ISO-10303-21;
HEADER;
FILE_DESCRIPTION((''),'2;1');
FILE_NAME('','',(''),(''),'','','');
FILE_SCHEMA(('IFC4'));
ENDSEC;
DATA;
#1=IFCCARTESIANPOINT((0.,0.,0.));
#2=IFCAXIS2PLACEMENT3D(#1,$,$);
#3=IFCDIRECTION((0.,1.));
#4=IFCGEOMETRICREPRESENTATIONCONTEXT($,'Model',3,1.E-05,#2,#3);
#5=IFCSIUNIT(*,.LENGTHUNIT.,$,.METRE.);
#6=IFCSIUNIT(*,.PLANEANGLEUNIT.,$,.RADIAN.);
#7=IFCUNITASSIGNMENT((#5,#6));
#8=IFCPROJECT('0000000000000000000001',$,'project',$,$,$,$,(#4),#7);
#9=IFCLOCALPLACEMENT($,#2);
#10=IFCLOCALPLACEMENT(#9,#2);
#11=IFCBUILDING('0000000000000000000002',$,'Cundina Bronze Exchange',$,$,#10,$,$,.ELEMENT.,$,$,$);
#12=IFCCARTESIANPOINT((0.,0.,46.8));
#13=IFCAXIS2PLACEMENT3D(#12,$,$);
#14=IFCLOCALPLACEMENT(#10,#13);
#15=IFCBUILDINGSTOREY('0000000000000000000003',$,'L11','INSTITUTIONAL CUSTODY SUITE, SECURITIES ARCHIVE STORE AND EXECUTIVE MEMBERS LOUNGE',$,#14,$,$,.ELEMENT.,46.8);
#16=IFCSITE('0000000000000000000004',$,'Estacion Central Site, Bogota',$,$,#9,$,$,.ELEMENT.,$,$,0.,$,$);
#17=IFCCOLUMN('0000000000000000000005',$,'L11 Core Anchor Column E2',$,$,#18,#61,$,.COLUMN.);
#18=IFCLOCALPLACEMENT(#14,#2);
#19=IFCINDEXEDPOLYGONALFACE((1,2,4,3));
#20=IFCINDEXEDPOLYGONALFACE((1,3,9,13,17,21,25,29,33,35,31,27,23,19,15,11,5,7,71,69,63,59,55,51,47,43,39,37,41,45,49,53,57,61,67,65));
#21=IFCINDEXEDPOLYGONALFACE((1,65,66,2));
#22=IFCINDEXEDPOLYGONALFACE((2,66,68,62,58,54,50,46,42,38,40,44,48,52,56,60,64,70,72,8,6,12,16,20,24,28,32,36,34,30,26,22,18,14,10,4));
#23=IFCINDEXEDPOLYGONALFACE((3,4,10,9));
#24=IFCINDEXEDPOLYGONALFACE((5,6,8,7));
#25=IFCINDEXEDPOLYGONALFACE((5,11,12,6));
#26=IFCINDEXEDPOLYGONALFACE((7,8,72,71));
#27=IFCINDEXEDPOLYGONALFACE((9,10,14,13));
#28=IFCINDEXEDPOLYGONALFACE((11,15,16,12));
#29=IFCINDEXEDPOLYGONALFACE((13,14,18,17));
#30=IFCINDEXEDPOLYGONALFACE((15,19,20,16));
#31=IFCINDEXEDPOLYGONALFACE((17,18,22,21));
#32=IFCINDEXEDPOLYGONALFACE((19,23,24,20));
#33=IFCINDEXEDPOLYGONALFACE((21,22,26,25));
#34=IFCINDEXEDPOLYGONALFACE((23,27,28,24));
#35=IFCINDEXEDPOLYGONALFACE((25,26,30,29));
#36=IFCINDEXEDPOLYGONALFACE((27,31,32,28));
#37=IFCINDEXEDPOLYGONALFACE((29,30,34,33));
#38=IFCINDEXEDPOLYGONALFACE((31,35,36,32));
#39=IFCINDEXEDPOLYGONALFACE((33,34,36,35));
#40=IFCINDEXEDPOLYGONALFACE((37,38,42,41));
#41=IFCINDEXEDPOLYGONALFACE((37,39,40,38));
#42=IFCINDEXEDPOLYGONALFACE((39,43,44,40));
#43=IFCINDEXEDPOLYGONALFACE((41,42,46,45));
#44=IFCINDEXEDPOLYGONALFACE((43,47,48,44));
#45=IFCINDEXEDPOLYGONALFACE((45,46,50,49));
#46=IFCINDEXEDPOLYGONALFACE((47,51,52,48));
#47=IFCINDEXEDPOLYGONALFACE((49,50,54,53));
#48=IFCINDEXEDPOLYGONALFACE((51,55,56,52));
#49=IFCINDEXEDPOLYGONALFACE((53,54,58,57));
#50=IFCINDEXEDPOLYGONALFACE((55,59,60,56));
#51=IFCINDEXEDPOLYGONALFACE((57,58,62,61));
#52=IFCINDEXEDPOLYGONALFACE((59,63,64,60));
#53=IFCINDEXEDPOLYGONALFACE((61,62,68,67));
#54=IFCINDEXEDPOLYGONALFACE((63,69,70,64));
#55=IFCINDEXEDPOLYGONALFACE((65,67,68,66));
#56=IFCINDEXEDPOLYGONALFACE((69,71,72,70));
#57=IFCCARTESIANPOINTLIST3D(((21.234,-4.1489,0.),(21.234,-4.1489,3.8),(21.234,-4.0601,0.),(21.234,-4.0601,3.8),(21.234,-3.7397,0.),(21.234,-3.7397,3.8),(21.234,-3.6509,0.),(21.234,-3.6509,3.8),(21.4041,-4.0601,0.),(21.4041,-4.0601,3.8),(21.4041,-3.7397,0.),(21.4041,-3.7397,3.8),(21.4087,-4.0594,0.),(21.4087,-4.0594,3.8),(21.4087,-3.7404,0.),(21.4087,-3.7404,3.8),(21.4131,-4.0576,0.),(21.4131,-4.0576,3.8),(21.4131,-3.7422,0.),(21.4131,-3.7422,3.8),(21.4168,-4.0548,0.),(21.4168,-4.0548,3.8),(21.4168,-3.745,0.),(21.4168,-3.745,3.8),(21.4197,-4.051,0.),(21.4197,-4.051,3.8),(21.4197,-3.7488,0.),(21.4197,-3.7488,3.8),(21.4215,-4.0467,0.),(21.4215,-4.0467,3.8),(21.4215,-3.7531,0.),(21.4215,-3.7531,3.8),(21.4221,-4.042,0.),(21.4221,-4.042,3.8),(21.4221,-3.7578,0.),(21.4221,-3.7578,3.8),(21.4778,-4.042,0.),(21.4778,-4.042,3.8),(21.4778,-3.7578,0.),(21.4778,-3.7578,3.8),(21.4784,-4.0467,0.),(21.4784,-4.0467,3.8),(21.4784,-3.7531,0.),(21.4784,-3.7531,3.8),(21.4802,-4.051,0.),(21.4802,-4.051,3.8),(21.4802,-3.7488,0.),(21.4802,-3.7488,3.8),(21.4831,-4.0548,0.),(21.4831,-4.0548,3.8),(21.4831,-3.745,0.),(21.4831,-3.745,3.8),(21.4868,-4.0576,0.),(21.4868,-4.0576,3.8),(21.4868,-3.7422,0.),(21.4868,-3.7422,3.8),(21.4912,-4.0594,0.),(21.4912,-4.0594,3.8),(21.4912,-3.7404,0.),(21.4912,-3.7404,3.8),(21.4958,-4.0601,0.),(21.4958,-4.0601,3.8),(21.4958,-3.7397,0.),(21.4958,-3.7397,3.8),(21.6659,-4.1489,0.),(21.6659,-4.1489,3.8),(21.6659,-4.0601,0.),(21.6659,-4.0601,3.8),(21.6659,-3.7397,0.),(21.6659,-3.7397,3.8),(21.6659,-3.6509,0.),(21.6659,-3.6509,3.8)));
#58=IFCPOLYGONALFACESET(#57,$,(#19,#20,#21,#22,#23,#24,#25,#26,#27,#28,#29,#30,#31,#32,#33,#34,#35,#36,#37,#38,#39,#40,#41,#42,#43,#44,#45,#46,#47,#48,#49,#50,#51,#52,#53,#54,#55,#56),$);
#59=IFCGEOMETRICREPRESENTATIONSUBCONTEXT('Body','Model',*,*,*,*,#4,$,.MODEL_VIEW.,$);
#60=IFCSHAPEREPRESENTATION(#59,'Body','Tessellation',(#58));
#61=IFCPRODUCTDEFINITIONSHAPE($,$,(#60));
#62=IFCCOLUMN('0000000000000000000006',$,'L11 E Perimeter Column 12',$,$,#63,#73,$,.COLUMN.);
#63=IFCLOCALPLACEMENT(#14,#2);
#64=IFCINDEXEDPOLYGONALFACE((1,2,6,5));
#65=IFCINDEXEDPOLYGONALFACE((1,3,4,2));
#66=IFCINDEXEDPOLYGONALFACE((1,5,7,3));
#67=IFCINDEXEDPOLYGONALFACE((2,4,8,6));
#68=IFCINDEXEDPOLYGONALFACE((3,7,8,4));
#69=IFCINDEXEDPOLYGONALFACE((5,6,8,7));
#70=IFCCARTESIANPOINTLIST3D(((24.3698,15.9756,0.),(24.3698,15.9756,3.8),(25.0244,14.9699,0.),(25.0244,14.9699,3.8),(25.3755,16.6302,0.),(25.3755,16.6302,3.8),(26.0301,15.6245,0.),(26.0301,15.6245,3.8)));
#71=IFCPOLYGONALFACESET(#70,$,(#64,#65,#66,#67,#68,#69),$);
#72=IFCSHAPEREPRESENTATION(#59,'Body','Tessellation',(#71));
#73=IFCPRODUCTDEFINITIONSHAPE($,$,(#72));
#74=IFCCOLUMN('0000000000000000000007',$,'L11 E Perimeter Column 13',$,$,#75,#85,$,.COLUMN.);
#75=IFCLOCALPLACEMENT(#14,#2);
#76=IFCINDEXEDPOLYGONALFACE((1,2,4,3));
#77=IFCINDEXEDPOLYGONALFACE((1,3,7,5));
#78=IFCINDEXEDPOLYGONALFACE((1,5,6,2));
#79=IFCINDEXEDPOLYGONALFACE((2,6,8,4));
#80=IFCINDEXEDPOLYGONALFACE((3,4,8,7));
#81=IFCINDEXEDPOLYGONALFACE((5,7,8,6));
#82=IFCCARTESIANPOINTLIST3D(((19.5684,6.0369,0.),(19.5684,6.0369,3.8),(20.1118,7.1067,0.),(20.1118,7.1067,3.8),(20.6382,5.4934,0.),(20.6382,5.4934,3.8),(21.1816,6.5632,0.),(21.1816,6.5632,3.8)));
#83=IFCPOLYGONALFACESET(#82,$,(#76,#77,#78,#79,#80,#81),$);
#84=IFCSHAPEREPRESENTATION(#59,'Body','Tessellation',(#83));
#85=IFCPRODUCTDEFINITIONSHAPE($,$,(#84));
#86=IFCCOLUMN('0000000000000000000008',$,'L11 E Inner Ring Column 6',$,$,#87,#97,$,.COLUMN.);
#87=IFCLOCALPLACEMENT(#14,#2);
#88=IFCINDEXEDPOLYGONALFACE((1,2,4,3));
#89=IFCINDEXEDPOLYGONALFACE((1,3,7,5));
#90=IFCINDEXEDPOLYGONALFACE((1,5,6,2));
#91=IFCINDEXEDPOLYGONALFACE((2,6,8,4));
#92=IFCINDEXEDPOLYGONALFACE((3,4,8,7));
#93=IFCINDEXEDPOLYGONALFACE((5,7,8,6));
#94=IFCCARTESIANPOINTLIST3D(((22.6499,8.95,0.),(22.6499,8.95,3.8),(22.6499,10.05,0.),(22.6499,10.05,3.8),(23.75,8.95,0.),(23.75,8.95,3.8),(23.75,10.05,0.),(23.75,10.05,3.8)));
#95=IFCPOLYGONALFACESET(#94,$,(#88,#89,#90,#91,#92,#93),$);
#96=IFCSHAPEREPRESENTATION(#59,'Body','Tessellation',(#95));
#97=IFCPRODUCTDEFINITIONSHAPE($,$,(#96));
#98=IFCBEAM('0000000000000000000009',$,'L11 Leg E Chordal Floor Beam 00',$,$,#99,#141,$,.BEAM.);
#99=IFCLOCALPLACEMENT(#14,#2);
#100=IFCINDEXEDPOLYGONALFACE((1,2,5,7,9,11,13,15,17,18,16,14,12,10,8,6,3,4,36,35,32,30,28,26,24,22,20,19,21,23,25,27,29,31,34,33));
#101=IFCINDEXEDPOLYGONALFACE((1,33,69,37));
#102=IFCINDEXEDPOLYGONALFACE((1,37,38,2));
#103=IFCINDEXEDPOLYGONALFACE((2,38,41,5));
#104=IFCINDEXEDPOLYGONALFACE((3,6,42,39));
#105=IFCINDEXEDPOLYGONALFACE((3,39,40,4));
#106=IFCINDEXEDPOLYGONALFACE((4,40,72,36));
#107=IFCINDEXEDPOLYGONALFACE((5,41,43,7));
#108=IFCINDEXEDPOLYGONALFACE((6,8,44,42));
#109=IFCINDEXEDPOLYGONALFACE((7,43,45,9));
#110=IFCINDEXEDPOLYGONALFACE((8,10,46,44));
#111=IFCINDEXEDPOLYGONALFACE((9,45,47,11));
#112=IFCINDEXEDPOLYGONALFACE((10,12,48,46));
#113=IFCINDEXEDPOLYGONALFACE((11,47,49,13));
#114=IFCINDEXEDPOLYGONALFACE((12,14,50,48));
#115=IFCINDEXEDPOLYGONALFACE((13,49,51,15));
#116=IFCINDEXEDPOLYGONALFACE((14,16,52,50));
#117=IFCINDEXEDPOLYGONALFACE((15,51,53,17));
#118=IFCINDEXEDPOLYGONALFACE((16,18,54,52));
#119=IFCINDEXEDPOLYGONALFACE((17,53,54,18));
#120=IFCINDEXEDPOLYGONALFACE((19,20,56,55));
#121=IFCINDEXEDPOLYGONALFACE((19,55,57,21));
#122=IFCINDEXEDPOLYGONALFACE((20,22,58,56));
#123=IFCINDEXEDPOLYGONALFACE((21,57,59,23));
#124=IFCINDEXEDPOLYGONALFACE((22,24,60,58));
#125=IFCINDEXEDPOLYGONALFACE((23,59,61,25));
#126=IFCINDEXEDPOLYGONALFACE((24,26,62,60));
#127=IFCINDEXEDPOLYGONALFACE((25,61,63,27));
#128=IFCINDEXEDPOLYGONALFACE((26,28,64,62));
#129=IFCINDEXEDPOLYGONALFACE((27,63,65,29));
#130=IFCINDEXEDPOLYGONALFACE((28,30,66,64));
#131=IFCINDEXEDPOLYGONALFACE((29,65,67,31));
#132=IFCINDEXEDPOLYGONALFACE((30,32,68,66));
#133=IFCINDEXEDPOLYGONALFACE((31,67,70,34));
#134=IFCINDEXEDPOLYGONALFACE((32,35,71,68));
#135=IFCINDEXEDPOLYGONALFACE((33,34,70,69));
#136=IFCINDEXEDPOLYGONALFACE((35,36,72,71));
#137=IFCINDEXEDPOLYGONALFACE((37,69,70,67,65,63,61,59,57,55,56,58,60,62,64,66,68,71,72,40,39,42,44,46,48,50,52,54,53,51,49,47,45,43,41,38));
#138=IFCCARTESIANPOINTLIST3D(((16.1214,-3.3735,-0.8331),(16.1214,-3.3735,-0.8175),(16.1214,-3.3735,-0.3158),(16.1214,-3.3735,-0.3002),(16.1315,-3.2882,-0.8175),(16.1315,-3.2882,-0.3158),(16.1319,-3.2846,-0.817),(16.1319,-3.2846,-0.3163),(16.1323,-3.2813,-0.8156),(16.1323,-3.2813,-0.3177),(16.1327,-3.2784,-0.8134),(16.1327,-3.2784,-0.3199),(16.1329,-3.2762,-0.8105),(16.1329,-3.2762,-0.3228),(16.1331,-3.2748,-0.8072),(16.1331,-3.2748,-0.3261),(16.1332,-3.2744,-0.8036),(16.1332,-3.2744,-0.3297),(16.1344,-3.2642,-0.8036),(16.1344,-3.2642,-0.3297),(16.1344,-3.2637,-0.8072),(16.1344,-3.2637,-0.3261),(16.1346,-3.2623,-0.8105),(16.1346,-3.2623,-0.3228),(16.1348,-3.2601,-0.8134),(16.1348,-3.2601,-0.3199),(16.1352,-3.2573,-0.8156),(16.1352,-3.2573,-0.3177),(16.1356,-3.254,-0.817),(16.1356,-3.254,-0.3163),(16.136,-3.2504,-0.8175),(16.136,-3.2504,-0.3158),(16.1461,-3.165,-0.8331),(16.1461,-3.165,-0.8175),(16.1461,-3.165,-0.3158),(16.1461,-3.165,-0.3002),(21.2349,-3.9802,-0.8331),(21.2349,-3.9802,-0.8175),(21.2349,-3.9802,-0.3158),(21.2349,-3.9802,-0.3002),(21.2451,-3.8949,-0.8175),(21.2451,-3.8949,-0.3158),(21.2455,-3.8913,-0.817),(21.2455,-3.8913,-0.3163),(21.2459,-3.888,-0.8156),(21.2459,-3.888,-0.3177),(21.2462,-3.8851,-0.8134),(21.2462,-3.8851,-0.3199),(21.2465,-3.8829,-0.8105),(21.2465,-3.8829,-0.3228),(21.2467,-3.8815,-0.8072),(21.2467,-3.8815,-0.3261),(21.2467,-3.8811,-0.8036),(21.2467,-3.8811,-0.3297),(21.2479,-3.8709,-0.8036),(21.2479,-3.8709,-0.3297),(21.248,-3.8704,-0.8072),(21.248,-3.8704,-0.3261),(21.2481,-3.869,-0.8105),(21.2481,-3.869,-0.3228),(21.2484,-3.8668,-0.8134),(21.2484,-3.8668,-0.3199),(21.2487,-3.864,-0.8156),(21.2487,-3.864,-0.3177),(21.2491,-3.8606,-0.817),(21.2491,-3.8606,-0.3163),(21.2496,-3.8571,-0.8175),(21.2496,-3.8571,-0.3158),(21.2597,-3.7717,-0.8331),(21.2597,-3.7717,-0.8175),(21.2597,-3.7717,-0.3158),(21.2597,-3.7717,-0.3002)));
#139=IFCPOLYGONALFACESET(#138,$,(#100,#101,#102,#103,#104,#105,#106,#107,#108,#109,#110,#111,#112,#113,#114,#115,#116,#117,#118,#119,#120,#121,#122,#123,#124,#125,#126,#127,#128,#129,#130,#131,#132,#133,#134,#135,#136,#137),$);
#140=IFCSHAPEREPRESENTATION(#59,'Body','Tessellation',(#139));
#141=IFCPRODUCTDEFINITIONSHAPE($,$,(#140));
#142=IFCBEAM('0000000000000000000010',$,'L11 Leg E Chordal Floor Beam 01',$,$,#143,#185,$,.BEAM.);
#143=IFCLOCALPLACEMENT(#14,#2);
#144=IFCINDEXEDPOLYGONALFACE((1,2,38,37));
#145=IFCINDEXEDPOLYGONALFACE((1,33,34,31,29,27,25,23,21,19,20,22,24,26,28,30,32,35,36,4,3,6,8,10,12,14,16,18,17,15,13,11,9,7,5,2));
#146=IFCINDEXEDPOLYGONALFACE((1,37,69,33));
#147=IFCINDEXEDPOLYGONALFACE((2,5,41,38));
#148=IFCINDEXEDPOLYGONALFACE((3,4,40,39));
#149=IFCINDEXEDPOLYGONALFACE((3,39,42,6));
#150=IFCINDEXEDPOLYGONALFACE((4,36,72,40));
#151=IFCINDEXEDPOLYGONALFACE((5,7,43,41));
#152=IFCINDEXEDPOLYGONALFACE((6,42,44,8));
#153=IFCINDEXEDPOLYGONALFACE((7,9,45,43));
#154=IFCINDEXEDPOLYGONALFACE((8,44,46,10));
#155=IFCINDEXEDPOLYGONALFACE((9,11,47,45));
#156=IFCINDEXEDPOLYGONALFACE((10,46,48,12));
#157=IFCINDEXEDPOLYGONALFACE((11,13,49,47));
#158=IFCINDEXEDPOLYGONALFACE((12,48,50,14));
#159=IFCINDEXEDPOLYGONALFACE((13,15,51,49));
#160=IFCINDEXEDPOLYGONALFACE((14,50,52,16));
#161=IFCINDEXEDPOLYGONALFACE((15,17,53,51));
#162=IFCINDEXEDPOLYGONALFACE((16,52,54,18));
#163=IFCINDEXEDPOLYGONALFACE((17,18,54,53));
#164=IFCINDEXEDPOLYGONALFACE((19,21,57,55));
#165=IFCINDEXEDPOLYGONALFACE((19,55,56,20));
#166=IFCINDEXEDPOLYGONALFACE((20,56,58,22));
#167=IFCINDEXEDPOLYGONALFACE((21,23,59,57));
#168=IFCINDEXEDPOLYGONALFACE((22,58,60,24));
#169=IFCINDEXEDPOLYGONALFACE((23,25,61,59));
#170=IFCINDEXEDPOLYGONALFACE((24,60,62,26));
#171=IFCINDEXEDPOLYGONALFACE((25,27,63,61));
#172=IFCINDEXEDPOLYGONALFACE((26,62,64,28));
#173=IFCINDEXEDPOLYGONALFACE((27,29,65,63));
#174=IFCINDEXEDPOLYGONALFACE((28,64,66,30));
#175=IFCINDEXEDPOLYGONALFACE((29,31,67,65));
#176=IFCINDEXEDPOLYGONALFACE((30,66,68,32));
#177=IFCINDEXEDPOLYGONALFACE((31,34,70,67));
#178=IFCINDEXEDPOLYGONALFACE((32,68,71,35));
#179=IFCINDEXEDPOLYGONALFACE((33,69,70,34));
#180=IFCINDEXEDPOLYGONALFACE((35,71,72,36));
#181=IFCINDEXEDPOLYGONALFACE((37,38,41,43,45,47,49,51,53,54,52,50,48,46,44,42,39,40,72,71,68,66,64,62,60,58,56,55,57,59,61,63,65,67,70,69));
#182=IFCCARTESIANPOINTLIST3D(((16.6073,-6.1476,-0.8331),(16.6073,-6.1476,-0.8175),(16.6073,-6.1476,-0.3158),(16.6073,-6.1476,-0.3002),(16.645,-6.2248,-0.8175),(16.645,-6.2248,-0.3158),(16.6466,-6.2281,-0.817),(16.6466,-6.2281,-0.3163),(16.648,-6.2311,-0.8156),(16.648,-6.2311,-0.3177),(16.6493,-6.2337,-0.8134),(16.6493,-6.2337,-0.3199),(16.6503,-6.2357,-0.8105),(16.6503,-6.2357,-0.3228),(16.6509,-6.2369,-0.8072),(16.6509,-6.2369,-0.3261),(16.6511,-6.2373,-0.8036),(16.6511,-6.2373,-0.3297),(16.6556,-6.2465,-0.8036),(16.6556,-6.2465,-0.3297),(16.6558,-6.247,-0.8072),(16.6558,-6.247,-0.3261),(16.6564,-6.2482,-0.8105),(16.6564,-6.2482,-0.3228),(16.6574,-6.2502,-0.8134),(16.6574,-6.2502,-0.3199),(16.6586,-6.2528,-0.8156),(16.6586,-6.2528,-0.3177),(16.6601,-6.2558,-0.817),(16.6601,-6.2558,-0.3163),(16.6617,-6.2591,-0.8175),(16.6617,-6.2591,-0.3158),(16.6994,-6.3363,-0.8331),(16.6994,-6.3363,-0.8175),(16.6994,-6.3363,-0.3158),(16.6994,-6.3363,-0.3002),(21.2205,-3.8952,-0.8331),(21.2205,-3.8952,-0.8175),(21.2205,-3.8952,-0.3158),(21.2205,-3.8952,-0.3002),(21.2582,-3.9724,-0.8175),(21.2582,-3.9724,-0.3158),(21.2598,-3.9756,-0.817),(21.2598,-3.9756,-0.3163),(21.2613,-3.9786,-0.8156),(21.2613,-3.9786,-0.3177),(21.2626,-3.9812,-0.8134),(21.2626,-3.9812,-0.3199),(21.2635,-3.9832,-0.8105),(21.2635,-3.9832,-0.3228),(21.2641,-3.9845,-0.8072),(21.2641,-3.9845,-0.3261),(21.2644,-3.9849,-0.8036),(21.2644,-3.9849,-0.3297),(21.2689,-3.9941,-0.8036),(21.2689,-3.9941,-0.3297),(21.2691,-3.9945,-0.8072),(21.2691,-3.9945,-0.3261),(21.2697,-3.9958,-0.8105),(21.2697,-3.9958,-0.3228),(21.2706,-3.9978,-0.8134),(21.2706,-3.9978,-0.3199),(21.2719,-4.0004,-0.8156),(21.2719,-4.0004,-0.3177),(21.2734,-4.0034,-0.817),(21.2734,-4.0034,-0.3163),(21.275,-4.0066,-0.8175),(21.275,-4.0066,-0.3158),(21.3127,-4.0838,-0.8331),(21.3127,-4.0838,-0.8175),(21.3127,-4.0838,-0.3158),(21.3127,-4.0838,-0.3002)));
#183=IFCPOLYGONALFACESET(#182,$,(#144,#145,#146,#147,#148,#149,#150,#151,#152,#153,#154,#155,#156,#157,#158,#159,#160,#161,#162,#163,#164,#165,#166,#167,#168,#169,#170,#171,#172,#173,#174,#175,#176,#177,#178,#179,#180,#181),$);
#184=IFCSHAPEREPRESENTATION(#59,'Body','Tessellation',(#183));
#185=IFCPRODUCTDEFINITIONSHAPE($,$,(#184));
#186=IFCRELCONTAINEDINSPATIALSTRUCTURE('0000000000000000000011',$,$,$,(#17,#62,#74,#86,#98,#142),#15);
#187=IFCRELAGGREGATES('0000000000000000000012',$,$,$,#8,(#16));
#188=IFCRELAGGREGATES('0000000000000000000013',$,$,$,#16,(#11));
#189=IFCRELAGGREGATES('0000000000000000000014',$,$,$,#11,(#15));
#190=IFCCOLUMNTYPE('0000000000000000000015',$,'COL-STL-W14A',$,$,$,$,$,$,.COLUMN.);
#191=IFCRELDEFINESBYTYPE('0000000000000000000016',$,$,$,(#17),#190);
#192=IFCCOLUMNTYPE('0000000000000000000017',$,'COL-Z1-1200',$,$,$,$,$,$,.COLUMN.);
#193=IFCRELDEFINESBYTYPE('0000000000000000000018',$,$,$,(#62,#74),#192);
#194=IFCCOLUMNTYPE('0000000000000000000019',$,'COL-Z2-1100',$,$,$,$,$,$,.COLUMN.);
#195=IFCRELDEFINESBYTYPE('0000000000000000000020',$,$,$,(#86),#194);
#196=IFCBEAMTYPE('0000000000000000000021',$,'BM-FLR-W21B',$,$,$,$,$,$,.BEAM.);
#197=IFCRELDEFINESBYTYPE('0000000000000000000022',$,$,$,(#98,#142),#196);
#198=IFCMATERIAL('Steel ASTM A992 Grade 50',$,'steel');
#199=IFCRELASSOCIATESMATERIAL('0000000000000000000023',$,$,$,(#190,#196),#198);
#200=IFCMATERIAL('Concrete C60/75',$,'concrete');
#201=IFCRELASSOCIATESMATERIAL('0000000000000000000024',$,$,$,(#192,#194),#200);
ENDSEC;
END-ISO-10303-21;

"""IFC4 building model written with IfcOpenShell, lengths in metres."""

from ifc_helpers import new_model, si_unit, direction, frame, origin, origin_2d, place, context, subcontext, project, spatial, rectangle, i_section, extrude, material, material_profile, profile_set, type_object, element, save


model = new_model("IFC4")

# Units and contexts
model_context = context("Model", 3, precision=1e-05, world=origin(), true_north=direction((0.0, 1.0)))
body_context = subcontext(model_context, "Body", "Model", "MODEL_VIEW")
ifc_project = project(units=[si_unit("LENGTHUNIT", "METRE"), si_unit("PLANEANGLEUNIT", "RADIAN")], contexts=[model_context])

# Site, building, storey
site_placement = place(None, origin())
site = spatial("IfcSite", under=ifc_project, at=site_placement, Name="Estacion Central Site, Bogota", CompositionType="ELEMENT", RefElevation=0.0)
building_placement = place(site_placement, origin())
building = spatial("IfcBuilding", under=site, at=building_placement, Name="Cundina Bronze Exchange", CompositionType="ELEMENT")
storey_placement = place(building_placement, frame((0.0, 0.0, 46.8)))
storey = spatial("IfcBuildingStorey", under=building, at=storey_placement, Name="L11", Description="INSTITUTIONAL CUSTODY SUITE, SECURITIES ARCHIVE STORE AND EXECUTIVE MEMBERS LOUNGE", CompositionType="ELEMENT", Elevation=46.8)

# Columns
ifc_material_1 = material(Name="Steel ASTM A992 Grade 50", Category="steel")
ifc_material_profile_1 = material_profile(ifc_material_1, i_section(OverallWidth=0.4319, OverallDepth=0.498, WebThickness=0.0557, FlangeThickness=0.0889, FilletRadius=0.0181, at=origin_2d()), Name="W14X500", Category="steel")
ifc_profile_set_1 = profile_set([ifc_material_profile_1], Name="Steel ASTM A992 Grade 50")
column_type_1 = type_object("IfcColumnType", Name="COL-STL-W14A", PredefinedType="COLUMN", material=ifc_profile_set_1)
column_1_placement = place(storey_placement, frame((21.45, -3.8999, 0.0), z_axis=(0.0, 0.0, 1.0), x_axis=(1.0, 0.0, 0.0)))
element("IfcColumn", 1, at=column_1_placement, inside=storey, type_object=column_type_1, Name="L11 Core Anchor Column E2", PredefinedType="COLUMN", context=body_context, shape_type="SweptSolid", body=[
    extrude(i_section(OverallWidth=0.4319, OverallDepth=0.498, WebThickness=0.0557, FlangeThickness=0.0889, FilletRadius=0.0181, at=origin_2d()), origin(), (0.0, 0.0, 1.0), 3.8),
])
ifc_material_2 = material(Name="Concrete C60/75", Category="concrete")
ifc_material_profile_2 = material_profile(ifc_material_2, rectangle(XDim=1.2, YDim=1.2, at=origin_2d()), Name="RC1200X1200", Category="concrete")
ifc_profile_set_2 = profile_set([ifc_material_profile_2], Name="Concrete C60/75")
column_type_2 = type_object("IfcColumnType", Name="COL-Z1-1200", PredefinedType="COLUMN", material=ifc_profile_set_2)
for number, where, z_axis, x_axis, name in (
    (2, (25.2, 15.8, 0.0), (0.0, 0.0, 1.0), (-0.8381, -0.545517, 0.0), "L11 E Perimeter Column 12"),
    (3, (20.375, 6.3, 0.0), (0.0, 0.0, 1.0), (-0.452902, -0.891561, 0.0), "L11 E Perimeter Column 13"),
):
    element("IfcColumn", number, at=place(storey_placement, frame(where, z_axis=z_axis, x_axis=x_axis)), inside=storey, type_object=column_type_2, Name=name, PredefinedType="COLUMN", context=body_context, shape_type="SweptSolid", body=[
        extrude(rectangle(XDim=1.2, YDim=1.2, at=origin_2d()), origin(), (0.0, 0.0, 1.0), 3.8),
    ])
ifc_material_profile_3 = material_profile(ifc_material_2, rectangle(XDim=1.1001, YDim=1.1001, at=origin_2d()), Name="RC1100X1100", Category="concrete")
ifc_profile_set_3 = profile_set([ifc_material_profile_3], Name="Concrete C60/75")
column_type_3 = type_object("IfcColumnType", Name="COL-Z2-1100", PredefinedType="COLUMN", material=ifc_profile_set_3)
column_2_placement = place(storey_placement, frame((23.2, 9.5, 0.0), z_axis=(0.0, 0.0, 1.0), x_axis=(1.0, 0.0, 0.0)))
element("IfcColumn", 4, at=column_2_placement, inside=storey, type_object=column_type_3, Name="L11 E Inner Ring Column 6", PredefinedType="COLUMN", context=body_context, shape_type="SweptSolid", body=[
    extrude(rectangle(XDim=1.1001, YDim=1.1001, at=origin_2d()), origin(), (0.0, 0.0, 1.0), 3.8),
])

# Beams
ifc_material_profile_4 = material_profile(ifc_material_1, i_section(OverallWidth=0.21, OverallDepth=0.533, WebThickness=0.0103, FlangeThickness=0.0156, FilletRadius=0.0139, at=origin_2d()), Name="W21X62", Category="steel")
ifc_profile_set_4 = profile_set([ifc_material_profile_4], Name="Steel ASTM A992 Grade 50")
beam_type_1 = type_object("IfcBeamType", Name="BM-FLR-W21B", PredefinedType="BEAM", material=ifc_profile_set_4)
beam_1_placement = place(storey_placement, frame((21.2473, -3.876, -0.5667), z_axis=(-0.993035, 0.117818, 0.0), x_axis=(-0.117818, -0.993035, 0.0)))
element("IfcBeam", 5, at=beam_1_placement, inside=storey, type_object=beam_type_1, Name="L11 Leg E Chordal Floor Beam 00", PredefinedType="BEAM", context=body_context, shape_type="SweptSolid", body=[
    extrude(i_section(OverallWidth=0.21, OverallDepth=0.533, WebThickness=0.0103, FlangeThickness=0.0156, FilletRadius=0.0139, at=origin_2d()), origin(), (0.0, 0.0, 1.0), 5.1494),
])
beam_2_placement = place(storey_placement, frame((21.2666, -3.9895, -0.5667), z_axis=(-0.89861, -0.438748, 0.0), x_axis=(0.438748, -0.89861, 0.0)))
element("IfcBeam", 6, at=beam_2_placement, inside=storey, type_object=beam_type_1, Name="L11 Leg E Chordal Floor Beam 01", PredefinedType="BEAM", context=body_context, shape_type="SweptSolid", body=[
    extrude(i_section(OverallWidth=0.21, OverallDepth=0.533, WebThickness=0.0103, FlangeThickness=0.0156, FilletRadius=0.0139, at=origin_2d()), origin(), (0.0, 0.0, 1.0), 5.1338),
])

save(model, "model.ifc")
